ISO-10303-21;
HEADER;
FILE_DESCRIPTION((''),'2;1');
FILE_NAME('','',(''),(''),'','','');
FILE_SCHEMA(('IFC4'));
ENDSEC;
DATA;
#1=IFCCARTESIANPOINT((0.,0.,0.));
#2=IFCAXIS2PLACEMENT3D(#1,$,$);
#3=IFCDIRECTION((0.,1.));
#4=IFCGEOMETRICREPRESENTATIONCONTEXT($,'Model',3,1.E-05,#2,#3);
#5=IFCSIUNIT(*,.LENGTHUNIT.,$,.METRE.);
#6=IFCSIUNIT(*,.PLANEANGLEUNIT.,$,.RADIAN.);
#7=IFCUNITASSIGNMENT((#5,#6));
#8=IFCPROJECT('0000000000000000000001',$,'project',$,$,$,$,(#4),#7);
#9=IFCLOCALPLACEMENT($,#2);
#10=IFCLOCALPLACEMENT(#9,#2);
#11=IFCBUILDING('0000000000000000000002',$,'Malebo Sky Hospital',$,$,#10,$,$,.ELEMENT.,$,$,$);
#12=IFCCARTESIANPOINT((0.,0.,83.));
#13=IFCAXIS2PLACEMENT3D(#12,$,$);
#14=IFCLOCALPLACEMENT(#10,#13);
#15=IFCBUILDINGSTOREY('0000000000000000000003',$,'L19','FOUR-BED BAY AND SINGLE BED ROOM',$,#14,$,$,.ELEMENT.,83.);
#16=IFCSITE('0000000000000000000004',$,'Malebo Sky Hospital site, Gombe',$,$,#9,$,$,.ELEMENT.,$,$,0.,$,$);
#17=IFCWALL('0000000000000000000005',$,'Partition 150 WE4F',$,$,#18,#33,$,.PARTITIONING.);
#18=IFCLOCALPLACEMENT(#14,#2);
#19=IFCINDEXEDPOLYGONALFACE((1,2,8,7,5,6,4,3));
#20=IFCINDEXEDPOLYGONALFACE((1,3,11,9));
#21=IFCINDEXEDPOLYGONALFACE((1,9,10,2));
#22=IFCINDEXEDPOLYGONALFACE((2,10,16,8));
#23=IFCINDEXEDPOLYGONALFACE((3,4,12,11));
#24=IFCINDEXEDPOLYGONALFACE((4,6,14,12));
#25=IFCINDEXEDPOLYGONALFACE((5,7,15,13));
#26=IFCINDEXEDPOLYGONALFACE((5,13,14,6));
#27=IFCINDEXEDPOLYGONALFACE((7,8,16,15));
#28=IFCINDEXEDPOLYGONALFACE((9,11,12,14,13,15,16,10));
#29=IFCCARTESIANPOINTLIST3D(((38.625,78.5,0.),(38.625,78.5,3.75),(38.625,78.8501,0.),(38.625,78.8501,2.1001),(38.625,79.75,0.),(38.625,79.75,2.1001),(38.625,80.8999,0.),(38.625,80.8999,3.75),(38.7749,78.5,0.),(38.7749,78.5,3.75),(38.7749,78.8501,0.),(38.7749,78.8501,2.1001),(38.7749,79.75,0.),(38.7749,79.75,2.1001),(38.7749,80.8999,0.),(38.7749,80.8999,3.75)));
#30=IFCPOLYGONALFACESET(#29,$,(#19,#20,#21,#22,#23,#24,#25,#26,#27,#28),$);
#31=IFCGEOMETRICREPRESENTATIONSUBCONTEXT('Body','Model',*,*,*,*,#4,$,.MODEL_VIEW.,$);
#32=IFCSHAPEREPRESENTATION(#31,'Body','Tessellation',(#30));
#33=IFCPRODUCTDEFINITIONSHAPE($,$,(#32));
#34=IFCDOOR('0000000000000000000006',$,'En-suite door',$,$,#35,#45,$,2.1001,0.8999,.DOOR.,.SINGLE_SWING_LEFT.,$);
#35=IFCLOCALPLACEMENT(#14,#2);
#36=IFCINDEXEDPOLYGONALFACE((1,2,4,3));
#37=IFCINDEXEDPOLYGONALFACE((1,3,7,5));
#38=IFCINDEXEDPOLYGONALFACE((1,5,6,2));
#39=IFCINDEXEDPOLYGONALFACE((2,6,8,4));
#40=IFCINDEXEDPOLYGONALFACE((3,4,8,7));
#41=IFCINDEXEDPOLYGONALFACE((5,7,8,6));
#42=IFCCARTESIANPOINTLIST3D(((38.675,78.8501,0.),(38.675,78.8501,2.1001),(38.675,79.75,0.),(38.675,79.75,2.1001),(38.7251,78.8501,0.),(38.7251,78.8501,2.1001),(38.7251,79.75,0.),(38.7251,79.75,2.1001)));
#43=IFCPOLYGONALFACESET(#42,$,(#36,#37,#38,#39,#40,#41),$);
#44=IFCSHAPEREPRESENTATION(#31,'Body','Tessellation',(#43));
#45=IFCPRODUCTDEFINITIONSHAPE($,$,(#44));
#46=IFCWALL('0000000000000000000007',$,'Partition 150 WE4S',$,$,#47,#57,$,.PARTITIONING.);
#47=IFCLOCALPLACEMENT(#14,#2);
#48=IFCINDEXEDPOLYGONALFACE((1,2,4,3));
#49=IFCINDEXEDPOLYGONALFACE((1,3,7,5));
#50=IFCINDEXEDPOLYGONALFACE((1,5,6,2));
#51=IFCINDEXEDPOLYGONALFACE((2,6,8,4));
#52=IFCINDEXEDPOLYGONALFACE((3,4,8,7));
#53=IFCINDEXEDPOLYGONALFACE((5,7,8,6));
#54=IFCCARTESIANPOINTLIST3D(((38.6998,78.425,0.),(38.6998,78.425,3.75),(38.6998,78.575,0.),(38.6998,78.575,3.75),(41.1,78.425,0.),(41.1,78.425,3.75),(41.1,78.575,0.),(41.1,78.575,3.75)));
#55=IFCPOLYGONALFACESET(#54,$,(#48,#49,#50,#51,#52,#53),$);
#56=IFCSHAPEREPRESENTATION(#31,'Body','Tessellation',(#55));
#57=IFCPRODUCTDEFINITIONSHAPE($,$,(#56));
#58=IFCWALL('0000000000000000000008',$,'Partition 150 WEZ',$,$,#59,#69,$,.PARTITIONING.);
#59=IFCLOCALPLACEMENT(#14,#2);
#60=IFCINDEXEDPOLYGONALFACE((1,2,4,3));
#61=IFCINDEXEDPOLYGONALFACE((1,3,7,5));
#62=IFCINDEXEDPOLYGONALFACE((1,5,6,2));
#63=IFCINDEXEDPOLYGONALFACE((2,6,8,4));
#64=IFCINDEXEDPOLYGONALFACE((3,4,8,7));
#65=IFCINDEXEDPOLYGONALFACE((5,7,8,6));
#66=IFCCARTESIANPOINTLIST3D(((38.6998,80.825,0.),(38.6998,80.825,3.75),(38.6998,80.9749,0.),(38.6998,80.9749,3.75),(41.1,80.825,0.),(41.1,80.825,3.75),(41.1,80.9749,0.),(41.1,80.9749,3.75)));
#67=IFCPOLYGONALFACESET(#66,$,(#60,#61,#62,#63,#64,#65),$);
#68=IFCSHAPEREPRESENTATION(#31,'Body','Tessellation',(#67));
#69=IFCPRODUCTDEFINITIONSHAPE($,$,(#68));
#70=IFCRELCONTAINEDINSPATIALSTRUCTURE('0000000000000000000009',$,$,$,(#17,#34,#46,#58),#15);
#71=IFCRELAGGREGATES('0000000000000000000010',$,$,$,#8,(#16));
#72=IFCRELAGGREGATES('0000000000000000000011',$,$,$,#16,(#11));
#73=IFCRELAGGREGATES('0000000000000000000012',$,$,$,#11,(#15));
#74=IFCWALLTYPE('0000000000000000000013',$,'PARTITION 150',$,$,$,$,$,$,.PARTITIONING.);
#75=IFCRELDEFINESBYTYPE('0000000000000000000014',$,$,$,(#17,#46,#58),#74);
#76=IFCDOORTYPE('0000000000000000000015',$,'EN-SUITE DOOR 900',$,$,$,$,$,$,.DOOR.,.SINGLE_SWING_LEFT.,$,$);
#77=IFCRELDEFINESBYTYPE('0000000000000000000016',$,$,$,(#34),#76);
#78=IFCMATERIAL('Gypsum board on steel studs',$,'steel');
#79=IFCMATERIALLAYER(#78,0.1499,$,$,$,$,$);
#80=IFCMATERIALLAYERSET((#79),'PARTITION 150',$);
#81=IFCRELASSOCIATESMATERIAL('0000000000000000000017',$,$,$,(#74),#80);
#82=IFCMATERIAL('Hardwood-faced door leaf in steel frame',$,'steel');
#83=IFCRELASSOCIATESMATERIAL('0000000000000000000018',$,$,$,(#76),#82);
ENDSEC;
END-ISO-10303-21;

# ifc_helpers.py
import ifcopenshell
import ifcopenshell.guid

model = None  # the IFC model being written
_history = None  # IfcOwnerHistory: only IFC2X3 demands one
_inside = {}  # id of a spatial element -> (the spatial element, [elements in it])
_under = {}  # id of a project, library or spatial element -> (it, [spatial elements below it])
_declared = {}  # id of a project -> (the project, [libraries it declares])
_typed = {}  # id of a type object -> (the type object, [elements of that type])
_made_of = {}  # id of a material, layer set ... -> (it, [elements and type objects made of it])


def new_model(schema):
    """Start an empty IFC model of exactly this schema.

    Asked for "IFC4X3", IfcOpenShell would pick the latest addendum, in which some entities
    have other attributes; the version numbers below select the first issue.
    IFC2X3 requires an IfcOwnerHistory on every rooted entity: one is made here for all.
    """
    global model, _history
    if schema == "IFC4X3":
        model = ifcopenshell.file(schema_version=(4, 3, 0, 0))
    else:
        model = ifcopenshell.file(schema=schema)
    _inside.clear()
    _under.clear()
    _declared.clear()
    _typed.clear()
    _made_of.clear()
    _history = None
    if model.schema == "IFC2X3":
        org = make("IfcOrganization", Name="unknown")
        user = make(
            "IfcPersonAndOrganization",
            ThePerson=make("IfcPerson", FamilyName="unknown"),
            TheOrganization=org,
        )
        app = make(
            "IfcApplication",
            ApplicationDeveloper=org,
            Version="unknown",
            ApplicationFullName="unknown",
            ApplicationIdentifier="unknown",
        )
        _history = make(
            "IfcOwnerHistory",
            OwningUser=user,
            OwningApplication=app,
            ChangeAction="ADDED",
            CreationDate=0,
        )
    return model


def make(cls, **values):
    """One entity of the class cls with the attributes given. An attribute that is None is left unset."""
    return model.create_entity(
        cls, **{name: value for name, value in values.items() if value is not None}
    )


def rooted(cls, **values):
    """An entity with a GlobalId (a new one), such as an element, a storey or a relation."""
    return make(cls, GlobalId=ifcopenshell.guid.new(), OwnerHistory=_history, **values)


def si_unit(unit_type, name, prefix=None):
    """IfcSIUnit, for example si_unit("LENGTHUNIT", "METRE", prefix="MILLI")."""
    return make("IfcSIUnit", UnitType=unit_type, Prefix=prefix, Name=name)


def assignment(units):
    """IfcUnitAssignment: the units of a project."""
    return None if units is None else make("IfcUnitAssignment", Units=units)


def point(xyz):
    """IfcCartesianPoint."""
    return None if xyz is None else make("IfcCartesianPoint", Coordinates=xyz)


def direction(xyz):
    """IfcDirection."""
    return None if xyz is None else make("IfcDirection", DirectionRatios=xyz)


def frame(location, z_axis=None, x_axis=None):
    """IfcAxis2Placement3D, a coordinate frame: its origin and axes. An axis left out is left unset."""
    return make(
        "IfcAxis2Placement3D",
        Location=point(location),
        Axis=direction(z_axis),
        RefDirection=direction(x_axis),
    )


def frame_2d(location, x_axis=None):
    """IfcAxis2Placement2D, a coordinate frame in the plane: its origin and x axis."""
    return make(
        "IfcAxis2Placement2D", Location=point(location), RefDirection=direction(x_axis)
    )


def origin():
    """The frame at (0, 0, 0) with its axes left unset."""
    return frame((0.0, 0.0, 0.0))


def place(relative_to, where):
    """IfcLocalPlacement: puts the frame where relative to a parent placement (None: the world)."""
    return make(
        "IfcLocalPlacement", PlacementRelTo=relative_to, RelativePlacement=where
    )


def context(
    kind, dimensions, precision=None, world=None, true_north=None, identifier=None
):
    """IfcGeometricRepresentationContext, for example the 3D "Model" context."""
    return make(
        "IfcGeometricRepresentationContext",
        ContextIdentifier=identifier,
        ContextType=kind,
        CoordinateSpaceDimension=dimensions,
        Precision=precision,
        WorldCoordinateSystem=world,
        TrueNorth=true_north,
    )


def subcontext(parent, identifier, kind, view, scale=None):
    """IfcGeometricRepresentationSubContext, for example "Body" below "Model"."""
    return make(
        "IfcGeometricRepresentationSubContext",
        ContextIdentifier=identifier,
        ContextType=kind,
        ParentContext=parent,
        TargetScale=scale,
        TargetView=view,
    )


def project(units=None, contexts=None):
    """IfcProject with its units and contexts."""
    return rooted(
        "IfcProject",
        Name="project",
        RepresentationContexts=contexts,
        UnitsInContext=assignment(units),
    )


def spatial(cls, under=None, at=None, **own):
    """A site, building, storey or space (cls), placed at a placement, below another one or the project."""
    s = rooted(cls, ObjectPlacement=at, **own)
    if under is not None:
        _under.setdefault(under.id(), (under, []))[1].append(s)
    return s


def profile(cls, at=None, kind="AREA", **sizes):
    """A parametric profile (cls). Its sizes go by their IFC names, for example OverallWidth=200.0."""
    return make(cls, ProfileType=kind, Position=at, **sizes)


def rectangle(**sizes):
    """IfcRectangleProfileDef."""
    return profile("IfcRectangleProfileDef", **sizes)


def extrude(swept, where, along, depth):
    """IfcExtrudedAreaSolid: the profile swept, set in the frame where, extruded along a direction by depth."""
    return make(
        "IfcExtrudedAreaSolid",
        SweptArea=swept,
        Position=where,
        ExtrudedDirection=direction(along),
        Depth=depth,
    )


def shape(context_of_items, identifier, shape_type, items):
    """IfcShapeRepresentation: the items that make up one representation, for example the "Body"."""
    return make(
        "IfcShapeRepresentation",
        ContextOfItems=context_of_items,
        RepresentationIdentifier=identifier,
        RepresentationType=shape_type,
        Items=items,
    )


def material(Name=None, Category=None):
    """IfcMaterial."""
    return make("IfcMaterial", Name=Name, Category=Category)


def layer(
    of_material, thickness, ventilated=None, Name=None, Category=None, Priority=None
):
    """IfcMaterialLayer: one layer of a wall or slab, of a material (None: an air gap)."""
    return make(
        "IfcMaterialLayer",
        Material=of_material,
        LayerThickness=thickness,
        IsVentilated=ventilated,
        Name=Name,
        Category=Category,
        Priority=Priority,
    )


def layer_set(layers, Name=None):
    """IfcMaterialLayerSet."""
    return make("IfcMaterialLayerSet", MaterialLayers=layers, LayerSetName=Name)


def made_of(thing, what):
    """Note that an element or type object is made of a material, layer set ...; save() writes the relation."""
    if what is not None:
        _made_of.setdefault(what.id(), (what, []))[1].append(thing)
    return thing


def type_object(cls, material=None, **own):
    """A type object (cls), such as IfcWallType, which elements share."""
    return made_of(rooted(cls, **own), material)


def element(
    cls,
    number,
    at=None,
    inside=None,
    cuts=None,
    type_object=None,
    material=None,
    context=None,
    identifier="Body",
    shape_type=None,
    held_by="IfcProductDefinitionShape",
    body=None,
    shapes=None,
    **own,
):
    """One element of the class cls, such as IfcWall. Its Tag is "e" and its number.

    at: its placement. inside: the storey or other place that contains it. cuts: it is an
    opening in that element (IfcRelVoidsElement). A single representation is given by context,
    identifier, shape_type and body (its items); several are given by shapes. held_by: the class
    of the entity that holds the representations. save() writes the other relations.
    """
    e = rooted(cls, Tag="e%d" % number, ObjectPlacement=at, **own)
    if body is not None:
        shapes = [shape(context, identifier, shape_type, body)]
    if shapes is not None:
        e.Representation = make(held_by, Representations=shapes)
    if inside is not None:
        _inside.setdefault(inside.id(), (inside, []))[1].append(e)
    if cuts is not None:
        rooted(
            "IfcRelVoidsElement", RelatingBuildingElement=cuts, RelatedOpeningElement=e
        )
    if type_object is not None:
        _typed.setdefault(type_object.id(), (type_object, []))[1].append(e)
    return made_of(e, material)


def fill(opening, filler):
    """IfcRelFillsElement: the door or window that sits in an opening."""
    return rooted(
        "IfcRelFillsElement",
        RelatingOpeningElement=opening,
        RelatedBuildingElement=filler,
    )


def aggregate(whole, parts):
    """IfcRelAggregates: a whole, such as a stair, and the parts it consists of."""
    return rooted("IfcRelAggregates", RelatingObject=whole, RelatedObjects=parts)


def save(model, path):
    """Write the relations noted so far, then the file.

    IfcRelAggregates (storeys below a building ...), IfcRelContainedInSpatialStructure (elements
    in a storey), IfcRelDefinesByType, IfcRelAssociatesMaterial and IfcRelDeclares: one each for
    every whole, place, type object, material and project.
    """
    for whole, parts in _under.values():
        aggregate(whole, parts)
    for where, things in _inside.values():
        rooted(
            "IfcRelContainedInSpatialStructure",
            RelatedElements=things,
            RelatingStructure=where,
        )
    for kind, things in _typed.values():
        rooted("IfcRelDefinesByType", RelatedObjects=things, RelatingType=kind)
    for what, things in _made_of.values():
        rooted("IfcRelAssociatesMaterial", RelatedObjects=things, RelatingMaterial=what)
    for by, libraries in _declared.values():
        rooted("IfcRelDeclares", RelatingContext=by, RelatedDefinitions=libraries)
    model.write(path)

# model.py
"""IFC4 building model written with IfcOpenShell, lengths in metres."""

from ifc_helpers import new_model, si_unit, direction, frame, frame_2d, origin, place, context, subcontext, project, spatial, rectangle, extrude, material, layer, layer_set, type_object, element, fill, save


model = new_model("IFC4")

# Units and contexts
model_context = context("Model", 3, precision=1e-05, world=origin(), true_north=direction((0.0, 1.0)))
body_context = subcontext(model_context, "Body", "Model", "MODEL_VIEW")
ifc_project = project(units=[si_unit("LENGTHUNIT", "METRE"), si_unit("PLANEANGLEUNIT", "RADIAN")], contexts=[model_context])

# Site, building, storey
site_placement = place(None, origin())
site = spatial("IfcSite", under=ifc_project, at=site_placement, Name="Malebo Sky Hospital site, Gombe", CompositionType="ELEMENT", RefElevation=0.0)
building_placement = place(site_placement, origin())
building = spatial("IfcBuilding", under=site, at=building_placement, Name="Malebo Sky Hospital", CompositionType="ELEMENT")
storey_placement = place(building_placement, frame((0.0, 0.0, 83.0)))
storey = spatial("IfcBuildingStorey", under=building, at=storey_placement, Name="L19", Description="FOUR-BED BAY AND SINGLE BED ROOM", CompositionType="ELEMENT", Elevation=83.0)

# Shared definitions
ifc_material_1 = material(Name="Gypsum board on steel studs", Category="steel")
ifc_material_2 = material(Name="Hardwood-faced door leaf in steel frame", Category="steel")

# Shared definitions
ifc_layer_1 = layer(ifc_material_1, 0.1499)
ifc_layer_set_1 = layer_set([ifc_layer_1], Name="PARTITION 150")
wall_type_1 = type_object("IfcWallType", Name="PARTITION 150", PredefinedType="PARTITIONING", material=ifc_layer_set_1)

# Wall, opening, door
wall_1_placement = place(storey_placement, frame((38.7, 78.5, 0.0), z_axis=(0.0, 0.0, 1.0), x_axis=(0.0, 1.0, 0.0)))
wall_1 = element("IfcWall", 1, at=wall_1_placement, inside=storey, type_object=wall_type_1, Name="Partition 150 WE4F", PredefinedType="PARTITIONING", context=body_context, shape_type="SweptSolid", body=[
    extrude(rectangle(XDim=2.3999, YDim=0.1499, at=frame_2d((1.2, 0.0))), origin(), (0.0, 0.0, 1.0), 3.75),
])
opening_1_placement = place(wall_1_placement, frame((0.3501, 0.0, 0.0)))
opening_1 = element("IfcOpeningElement", 2, at=opening_1_placement, cuts=wall_1, PredefinedType="OPENING", context=body_context, shape_type="SweptSolid", body=[
    extrude(rectangle(XDim=0.8999, YDim=2.1001, at=frame_2d((0.45, 1.05))), frame((0.0, 0.085, 0.0), z_axis=(0.0, -1.0, 0.0), x_axis=(1.0, 0.0, 0.0)), (0.0, 0.0, 1.0), 0.1699),
])
door_type_1 = type_object("IfcDoorType", Name="EN-SUITE DOOR 900", OperationType="SINGLE_SWING_LEFT", PredefinedType="DOOR", material=ifc_material_2)
door_1_placement = place(opening_1_placement, origin())
door_1 = element("IfcDoor", 3, at=door_1_placement, inside=storey, type_object=door_type_1, Name="En-suite door", OperationType="SINGLE_SWING_LEFT", OverallHeight=2.1001, OverallWidth=0.8999, PredefinedType="DOOR", context=body_context, shape_type="SweptSolid", body=[
    extrude(rectangle(XDim=0.8999, YDim=2.1001, at=frame_2d((0.45, 1.05))), frame((0.0, 0.0249, 0.0), z_axis=(0.0, -1.0, 0.0), x_axis=(1.0, 0.0, 0.0)), (0.0, 0.0, 1.0), 0.05),
])
fill(opening_1, door_1)

# Walls
for number, where, z_axis, x_axis, name in (
    (4, (41.1001, 78.5, 0.0), (0.0, 0.0, 1.0), (-1.0, 0.0, 0.0), "Partition 150 WE4S"),
    (5, (41.1001, 80.8999, 0.0), (0.0, 0.0, 1.0), (-1.0, 0.0, 0.0), "Partition 150 WEZ"),
):
    element("IfcWall", number, at=place(storey_placement, frame(where, z_axis=z_axis, x_axis=x_axis)), inside=storey, type_object=wall_type_1, Name=name, PredefinedType="PARTITIONING", context=body_context, shape_type="SweptSolid", body=[
        extrude(rectangle(XDim=2.4001, YDim=0.1499, at=frame_2d((1.2002, 0.0))), origin(), (0.0, 0.0, 1.0), 3.75),
    ])

save(model, "model.ifc")
